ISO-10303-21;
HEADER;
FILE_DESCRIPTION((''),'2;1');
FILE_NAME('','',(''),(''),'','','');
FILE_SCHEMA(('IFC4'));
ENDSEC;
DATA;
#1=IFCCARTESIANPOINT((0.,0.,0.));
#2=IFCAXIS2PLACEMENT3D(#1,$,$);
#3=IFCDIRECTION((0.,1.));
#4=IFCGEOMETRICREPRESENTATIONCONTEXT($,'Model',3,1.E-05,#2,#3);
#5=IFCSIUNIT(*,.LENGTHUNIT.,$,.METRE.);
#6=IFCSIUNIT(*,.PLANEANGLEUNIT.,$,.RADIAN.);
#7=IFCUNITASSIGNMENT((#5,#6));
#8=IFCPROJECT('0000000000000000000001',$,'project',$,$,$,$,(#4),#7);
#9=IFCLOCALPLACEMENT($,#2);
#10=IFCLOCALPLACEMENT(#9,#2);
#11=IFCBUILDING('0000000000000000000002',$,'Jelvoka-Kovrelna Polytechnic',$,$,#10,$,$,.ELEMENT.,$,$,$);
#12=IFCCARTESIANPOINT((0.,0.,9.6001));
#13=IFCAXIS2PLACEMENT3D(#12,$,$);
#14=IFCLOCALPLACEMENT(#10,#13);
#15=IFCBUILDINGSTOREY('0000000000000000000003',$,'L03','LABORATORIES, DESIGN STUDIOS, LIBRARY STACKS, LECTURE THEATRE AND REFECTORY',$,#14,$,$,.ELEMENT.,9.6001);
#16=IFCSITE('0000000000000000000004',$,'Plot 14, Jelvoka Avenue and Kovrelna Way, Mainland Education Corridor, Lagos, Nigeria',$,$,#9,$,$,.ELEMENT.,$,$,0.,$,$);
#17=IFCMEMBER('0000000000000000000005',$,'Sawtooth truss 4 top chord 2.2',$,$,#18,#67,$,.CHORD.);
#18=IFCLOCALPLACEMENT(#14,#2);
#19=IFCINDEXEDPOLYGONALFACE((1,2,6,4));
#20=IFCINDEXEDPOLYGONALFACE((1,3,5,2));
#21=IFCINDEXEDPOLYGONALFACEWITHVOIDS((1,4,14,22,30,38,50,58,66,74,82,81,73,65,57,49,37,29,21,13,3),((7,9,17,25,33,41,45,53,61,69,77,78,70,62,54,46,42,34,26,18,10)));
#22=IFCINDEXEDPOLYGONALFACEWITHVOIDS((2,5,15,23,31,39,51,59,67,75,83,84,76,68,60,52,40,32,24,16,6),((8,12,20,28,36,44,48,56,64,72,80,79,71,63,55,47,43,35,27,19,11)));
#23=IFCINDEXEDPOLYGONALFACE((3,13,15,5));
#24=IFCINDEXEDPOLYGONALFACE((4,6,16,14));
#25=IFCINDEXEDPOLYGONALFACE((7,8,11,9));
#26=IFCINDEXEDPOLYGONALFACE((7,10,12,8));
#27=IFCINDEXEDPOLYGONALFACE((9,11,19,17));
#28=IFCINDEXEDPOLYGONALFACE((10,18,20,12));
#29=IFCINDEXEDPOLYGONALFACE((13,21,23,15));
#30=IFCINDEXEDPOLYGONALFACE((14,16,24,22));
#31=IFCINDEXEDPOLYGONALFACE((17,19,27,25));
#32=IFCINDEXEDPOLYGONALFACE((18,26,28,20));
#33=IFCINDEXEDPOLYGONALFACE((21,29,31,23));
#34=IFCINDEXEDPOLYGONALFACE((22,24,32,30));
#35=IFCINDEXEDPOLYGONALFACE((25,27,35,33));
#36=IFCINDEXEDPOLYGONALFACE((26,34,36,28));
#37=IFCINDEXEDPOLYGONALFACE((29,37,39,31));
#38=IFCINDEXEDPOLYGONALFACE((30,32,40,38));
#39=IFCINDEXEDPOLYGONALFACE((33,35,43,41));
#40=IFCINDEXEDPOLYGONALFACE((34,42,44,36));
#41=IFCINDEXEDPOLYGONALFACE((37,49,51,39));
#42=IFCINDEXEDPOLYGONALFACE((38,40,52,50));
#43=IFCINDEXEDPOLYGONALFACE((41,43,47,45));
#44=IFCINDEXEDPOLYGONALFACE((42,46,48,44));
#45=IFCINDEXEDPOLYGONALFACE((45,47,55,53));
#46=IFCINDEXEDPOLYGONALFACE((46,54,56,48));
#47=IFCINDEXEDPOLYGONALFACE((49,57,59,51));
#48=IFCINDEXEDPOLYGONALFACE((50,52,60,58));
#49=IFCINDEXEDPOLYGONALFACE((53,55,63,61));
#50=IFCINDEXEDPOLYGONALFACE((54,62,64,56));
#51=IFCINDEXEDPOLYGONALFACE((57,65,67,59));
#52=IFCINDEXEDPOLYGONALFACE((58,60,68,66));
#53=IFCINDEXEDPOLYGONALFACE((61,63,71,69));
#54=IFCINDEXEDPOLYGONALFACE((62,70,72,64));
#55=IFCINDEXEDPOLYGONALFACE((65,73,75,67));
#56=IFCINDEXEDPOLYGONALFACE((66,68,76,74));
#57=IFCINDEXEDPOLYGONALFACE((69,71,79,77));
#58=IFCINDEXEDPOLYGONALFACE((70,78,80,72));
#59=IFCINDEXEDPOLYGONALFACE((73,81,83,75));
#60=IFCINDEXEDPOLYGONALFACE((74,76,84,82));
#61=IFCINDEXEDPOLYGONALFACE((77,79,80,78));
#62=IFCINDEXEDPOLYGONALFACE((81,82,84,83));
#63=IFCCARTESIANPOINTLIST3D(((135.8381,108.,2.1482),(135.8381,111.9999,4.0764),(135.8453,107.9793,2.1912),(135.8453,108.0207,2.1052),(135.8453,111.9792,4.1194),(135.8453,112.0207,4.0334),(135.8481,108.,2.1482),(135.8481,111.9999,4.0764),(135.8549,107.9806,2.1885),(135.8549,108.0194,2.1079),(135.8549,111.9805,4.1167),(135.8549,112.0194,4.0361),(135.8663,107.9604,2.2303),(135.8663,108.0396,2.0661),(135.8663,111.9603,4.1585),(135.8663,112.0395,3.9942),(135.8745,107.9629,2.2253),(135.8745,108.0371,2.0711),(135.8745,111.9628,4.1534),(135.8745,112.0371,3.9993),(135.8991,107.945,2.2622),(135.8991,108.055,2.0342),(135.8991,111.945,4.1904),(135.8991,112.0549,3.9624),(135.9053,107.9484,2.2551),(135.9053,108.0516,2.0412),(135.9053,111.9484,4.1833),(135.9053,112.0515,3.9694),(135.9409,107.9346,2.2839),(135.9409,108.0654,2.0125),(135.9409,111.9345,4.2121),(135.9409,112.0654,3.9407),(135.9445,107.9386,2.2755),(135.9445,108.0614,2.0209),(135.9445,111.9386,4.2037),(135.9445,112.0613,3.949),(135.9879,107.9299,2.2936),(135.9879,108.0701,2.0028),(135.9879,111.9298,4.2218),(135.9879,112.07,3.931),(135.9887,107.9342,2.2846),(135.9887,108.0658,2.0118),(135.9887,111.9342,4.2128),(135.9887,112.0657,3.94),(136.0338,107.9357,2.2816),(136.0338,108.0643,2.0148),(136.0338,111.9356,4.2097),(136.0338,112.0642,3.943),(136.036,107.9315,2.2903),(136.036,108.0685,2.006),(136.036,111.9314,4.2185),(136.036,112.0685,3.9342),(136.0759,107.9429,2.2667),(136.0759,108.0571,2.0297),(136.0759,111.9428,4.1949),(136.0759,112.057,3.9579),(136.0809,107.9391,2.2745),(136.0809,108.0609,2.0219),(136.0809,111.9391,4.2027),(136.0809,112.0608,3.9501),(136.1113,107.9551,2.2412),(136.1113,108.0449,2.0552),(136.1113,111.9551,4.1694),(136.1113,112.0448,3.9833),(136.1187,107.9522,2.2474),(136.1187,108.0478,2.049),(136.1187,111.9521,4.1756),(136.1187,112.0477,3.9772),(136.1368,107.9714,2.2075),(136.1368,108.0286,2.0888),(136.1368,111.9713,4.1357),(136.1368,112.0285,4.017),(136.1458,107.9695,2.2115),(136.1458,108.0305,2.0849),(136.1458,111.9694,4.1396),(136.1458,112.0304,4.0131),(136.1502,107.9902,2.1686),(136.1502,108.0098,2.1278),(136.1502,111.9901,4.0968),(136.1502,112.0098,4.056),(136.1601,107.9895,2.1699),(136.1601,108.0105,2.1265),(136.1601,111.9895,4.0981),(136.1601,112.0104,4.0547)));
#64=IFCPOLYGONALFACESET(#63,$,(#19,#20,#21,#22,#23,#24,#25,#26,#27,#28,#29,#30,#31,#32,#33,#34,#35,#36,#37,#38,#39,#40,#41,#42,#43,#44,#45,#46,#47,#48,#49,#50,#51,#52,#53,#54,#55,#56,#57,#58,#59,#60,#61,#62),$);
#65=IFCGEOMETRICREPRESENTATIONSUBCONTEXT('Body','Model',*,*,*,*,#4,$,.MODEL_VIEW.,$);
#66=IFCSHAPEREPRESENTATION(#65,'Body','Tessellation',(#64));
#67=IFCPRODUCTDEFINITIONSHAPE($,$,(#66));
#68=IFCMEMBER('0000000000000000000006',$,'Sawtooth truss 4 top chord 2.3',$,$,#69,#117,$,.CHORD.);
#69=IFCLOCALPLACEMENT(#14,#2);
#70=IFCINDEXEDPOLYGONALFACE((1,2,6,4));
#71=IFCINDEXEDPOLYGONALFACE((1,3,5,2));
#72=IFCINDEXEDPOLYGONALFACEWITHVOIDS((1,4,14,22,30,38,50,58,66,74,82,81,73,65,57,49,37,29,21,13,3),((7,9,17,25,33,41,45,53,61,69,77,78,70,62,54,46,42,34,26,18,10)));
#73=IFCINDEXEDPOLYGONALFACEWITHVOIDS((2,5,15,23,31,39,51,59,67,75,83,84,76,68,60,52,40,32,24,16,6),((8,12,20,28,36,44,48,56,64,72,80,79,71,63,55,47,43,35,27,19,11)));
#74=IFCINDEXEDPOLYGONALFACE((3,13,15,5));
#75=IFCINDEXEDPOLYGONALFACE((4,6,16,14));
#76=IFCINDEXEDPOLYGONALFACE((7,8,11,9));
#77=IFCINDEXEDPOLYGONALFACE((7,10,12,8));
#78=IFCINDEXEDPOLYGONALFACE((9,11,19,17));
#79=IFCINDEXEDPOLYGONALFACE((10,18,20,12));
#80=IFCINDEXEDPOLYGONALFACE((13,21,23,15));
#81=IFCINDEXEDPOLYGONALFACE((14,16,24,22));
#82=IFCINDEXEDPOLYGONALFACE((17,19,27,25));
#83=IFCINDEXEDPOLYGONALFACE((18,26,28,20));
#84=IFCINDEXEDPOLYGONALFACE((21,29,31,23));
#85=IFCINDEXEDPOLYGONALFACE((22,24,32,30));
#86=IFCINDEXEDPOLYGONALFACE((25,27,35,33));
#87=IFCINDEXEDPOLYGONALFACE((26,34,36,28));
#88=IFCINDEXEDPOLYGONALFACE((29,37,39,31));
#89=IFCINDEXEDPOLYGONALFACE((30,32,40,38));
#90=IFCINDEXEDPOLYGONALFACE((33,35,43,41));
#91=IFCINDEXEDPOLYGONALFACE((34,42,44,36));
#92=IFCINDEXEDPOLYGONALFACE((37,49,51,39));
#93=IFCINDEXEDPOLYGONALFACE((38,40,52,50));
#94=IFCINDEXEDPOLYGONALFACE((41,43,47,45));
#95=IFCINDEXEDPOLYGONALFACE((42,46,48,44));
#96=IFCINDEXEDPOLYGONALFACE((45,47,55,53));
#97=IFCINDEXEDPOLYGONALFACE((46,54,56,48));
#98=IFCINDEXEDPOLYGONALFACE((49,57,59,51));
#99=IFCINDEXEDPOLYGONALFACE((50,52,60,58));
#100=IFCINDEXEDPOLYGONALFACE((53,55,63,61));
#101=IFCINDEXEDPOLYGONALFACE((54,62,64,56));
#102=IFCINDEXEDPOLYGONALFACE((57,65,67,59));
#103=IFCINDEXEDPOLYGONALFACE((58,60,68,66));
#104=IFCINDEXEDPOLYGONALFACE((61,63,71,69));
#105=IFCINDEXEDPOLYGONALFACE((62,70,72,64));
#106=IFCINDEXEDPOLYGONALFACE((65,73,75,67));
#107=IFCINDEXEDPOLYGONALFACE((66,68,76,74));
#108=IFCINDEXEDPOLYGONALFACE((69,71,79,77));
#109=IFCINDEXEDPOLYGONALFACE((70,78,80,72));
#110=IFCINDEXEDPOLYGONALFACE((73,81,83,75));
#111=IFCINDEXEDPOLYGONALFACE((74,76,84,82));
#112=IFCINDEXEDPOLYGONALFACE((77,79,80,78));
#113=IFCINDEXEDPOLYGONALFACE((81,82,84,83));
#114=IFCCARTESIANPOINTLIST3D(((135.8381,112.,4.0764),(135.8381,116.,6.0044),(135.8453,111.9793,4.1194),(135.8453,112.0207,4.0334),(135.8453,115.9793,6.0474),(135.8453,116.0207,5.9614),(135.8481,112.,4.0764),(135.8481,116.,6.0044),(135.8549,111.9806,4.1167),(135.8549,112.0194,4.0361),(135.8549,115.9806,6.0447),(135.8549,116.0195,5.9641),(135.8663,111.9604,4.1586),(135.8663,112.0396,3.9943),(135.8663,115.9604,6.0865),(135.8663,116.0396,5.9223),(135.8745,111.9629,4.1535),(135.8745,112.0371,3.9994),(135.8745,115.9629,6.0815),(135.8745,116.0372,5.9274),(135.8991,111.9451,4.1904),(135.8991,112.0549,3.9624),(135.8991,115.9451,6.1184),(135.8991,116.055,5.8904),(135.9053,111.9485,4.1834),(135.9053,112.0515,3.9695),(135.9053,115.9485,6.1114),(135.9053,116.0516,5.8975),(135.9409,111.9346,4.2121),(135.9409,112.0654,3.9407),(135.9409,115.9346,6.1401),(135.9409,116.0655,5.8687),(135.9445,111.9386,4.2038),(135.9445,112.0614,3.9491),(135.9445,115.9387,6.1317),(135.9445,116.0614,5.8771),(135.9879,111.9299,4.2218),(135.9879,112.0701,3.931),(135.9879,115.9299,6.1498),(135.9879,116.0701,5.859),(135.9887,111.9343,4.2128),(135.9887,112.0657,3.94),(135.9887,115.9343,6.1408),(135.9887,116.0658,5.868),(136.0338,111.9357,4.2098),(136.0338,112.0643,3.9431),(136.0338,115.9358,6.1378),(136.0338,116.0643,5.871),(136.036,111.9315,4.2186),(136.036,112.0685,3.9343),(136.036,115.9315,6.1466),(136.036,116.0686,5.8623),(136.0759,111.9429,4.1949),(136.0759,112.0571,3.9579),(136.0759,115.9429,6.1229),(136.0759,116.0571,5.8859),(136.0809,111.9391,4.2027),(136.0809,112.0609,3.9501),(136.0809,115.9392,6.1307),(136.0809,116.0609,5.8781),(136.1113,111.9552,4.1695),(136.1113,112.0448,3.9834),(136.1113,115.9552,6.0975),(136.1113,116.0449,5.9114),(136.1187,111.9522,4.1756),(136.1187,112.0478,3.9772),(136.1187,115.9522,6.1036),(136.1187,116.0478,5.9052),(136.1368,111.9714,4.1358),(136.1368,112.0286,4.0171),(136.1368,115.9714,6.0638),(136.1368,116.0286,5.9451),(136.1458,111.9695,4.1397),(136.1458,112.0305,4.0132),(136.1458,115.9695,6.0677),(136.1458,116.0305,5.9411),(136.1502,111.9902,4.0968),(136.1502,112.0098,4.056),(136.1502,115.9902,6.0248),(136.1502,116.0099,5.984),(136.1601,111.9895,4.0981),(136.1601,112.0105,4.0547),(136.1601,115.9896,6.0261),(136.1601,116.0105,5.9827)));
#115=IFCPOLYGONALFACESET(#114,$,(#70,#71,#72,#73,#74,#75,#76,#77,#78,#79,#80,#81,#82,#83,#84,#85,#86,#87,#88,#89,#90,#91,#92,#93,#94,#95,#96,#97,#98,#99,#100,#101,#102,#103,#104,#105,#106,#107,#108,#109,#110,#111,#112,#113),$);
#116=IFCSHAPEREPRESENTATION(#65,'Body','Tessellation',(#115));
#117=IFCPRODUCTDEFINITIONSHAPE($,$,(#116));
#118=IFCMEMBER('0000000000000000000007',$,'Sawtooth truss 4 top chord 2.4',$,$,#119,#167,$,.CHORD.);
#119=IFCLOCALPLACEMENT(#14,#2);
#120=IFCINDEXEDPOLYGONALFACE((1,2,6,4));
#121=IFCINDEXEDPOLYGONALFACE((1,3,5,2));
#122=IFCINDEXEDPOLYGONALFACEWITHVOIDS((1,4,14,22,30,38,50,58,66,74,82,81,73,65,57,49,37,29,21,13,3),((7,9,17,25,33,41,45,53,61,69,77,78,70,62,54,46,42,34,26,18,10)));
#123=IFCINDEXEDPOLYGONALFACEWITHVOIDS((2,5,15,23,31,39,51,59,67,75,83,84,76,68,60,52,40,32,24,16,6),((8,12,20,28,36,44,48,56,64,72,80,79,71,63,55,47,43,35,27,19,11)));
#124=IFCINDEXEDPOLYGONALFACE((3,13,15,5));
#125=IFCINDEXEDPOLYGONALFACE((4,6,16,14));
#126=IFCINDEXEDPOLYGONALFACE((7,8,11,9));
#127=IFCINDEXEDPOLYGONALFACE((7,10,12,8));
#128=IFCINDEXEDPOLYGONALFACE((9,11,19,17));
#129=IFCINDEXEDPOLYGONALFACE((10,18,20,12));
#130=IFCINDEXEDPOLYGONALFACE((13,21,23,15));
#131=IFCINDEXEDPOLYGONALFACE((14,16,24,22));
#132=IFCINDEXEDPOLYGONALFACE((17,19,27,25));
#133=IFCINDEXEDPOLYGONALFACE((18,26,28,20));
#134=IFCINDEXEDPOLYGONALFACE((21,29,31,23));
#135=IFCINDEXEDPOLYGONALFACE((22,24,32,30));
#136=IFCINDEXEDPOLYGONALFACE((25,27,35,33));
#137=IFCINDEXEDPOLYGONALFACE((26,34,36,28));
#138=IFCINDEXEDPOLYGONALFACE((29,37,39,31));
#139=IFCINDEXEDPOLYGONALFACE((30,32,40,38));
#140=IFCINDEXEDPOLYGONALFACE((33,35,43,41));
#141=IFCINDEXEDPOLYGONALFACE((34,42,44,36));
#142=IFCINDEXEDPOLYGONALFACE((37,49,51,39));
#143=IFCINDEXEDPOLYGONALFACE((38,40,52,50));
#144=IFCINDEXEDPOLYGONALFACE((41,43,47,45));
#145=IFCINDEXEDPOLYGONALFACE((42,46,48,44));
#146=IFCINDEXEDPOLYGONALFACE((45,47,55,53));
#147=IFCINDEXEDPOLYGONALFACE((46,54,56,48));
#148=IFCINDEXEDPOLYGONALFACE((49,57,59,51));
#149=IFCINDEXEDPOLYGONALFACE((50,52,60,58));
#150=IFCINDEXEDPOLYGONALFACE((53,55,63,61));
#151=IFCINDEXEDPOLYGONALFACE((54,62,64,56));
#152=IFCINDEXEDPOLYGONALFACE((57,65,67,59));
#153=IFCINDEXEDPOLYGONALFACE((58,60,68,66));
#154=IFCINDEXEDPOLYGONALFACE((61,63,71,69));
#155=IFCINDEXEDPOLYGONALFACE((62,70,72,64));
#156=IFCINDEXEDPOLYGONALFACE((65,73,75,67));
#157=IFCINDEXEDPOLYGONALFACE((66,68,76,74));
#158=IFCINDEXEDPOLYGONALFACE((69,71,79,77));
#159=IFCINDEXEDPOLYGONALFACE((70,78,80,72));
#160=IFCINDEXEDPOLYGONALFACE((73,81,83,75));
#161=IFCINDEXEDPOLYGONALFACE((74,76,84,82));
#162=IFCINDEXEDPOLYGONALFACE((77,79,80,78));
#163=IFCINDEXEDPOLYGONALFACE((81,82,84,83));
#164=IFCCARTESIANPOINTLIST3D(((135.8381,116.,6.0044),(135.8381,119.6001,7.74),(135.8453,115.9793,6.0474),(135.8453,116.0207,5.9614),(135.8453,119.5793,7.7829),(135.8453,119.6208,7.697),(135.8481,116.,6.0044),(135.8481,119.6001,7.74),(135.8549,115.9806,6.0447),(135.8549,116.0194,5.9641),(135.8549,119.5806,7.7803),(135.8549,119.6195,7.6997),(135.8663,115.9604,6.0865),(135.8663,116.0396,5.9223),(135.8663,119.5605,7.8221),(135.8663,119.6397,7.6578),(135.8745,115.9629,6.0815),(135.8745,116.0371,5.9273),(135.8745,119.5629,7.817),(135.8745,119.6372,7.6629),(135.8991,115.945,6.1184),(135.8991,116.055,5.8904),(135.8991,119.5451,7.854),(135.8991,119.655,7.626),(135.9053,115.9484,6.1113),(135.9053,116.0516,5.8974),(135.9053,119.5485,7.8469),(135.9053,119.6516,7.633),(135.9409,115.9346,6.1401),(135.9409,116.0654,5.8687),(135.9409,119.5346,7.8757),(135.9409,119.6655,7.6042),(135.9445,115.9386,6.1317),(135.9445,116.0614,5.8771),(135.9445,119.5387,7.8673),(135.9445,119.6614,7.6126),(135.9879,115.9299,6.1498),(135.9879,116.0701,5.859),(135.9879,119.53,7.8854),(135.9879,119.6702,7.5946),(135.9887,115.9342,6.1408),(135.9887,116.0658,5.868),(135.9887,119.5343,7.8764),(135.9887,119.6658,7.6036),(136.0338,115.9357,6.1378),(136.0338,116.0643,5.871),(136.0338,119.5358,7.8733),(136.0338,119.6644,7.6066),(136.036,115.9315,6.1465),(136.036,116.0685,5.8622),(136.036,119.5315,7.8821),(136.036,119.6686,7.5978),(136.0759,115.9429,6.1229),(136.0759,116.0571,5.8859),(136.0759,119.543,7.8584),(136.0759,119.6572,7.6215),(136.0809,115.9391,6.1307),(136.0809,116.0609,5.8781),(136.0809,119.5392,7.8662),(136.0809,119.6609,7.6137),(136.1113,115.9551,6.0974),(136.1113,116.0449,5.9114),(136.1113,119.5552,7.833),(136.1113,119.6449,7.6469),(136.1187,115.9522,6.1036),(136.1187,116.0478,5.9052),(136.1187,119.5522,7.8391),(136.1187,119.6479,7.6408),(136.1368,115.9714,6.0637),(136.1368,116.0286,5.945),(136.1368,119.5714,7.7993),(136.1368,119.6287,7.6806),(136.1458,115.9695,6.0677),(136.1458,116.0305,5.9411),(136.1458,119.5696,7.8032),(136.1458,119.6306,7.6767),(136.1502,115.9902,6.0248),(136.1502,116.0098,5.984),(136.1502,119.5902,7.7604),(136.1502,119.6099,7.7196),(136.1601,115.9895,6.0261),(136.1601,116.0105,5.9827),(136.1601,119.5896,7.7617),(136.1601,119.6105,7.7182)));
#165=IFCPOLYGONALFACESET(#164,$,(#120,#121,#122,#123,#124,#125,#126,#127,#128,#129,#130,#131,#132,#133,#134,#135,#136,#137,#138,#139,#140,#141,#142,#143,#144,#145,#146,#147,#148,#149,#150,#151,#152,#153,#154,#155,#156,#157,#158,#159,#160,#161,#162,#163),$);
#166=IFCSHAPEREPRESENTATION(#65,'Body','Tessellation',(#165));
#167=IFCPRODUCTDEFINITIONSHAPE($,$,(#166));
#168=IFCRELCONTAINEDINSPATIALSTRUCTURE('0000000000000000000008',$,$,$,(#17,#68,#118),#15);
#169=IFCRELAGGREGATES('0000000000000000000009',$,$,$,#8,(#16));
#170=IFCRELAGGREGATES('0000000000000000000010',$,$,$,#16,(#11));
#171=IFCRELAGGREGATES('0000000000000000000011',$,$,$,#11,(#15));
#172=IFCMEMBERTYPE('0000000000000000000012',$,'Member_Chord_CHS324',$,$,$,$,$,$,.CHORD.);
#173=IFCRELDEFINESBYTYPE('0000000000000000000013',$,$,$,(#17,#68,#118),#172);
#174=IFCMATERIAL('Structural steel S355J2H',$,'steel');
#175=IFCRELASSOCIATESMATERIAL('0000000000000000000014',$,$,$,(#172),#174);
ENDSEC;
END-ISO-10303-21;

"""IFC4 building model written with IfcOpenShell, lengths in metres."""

from ifc_helpers import new_model, si_unit, direction, frame, origin, origin_2d, place, context, subcontext, project, spatial, hollow_circle, extrude, material, material_profile, profile_set, type_object, element, save


model = new_model("IFC4")

# Units and contexts
model_context = context("Model", 3, precision=1e-05, world=origin(), true_north=direction((0.0, 1.0)))
body_context = subcontext(model_context, "Body", "Model", "MODEL_VIEW")
ifc_project = project(units=[si_unit("LENGTHUNIT", "METRE"), si_unit("PLANEANGLEUNIT", "RADIAN")], contexts=[model_context])

# Site, building, storey
site_placement = place(None, origin())
site = spatial("IfcSite", under=ifc_project, at=site_placement, Name="Plot 14, Jelvoka Avenue and Kovrelna Way, Mainland Education Corridor, Lagos, Nigeria", CompositionType="ELEMENT", RefElevation=0.0)
building_placement = place(site_placement, origin())
building = spatial("IfcBuilding", under=site, at=building_placement, Name="Jelvoka-Kovrelna Polytechnic", CompositionType="ELEMENT")
storey_placement = place(building_placement, frame((0.0, 0.0, 9.6001)))
storey = spatial("IfcBuildingStorey", under=building, at=storey_placement, Name="L03", Description="LABORATORIES, DESIGN STUDIOS, LIBRARY STACKS, LECTURE THEATRE AND REFECTORY", CompositionType="ELEMENT", Elevation=9.6001)

# Members
ifc_material_1 = material(Name="Structural steel S355J2H", Category="steel")
ifc_material_profile_1 = material_profile(ifc_material_1, hollow_circle(Radius=0.1619, WallThickness=0.01, at=origin_2d()), Name="323.9x10.0 CHS")
ifc_profile_set_1 = profile_set([ifc_material_profile_1], Name="Structural steel S355J2H")
member_type_1 = type_object("IfcMemberType", Name="Member_Chord_CHS324", PredefinedType="CHORD", material=ifc_profile_set_1)
for number, where, z_axis, x_axis, name in (
    (1, (136.0, 108.0, 2.1482), (0.0, 0.900799, 0.434235), (-1.0, 0.0, 0.0), "Sawtooth truss 4 top chord 2.2"),
    (2, (136.0, 112.0, 4.0764), (0.0, 0.900821, 0.434191), (-1.0, 0.0, 0.0), "Sawtooth truss 4 top chord 2.3"),
):
    element("IfcMember", number, at=place(storey_placement, frame(where, z_axis=z_axis, x_axis=x_axis)), inside=storey, type_object=member_type_1, Name=name, PredefinedType="CHORD", context=body_context, shape_type="SweptSolid", body=[
        extrude(hollow_circle(Radius=0.1619, WallThickness=0.01, at=origin_2d()), origin(), (0.0, 0.0, 1.0), 4.4404),
    ])
member_1_placement = place(storey_placement, frame((136.0, 116.0, 6.0044), z_axis=(0.0, 0.900785, 0.434266), x_axis=(-1.0, 0.0, 0.0)))
element("IfcMember", 3, at=member_1_placement, inside=storey, type_object=member_type_1, Name="Sawtooth truss 4 top chord 2.4", PredefinedType="CHORD", context=body_context, shape_type="SweptSolid", body=[
    extrude(hollow_circle(Radius=0.1619, WallThickness=0.01, at=origin_2d()), origin(), (0.0, 0.0, 1.0), 3.9966),
])

save(model, "model.ifc")
